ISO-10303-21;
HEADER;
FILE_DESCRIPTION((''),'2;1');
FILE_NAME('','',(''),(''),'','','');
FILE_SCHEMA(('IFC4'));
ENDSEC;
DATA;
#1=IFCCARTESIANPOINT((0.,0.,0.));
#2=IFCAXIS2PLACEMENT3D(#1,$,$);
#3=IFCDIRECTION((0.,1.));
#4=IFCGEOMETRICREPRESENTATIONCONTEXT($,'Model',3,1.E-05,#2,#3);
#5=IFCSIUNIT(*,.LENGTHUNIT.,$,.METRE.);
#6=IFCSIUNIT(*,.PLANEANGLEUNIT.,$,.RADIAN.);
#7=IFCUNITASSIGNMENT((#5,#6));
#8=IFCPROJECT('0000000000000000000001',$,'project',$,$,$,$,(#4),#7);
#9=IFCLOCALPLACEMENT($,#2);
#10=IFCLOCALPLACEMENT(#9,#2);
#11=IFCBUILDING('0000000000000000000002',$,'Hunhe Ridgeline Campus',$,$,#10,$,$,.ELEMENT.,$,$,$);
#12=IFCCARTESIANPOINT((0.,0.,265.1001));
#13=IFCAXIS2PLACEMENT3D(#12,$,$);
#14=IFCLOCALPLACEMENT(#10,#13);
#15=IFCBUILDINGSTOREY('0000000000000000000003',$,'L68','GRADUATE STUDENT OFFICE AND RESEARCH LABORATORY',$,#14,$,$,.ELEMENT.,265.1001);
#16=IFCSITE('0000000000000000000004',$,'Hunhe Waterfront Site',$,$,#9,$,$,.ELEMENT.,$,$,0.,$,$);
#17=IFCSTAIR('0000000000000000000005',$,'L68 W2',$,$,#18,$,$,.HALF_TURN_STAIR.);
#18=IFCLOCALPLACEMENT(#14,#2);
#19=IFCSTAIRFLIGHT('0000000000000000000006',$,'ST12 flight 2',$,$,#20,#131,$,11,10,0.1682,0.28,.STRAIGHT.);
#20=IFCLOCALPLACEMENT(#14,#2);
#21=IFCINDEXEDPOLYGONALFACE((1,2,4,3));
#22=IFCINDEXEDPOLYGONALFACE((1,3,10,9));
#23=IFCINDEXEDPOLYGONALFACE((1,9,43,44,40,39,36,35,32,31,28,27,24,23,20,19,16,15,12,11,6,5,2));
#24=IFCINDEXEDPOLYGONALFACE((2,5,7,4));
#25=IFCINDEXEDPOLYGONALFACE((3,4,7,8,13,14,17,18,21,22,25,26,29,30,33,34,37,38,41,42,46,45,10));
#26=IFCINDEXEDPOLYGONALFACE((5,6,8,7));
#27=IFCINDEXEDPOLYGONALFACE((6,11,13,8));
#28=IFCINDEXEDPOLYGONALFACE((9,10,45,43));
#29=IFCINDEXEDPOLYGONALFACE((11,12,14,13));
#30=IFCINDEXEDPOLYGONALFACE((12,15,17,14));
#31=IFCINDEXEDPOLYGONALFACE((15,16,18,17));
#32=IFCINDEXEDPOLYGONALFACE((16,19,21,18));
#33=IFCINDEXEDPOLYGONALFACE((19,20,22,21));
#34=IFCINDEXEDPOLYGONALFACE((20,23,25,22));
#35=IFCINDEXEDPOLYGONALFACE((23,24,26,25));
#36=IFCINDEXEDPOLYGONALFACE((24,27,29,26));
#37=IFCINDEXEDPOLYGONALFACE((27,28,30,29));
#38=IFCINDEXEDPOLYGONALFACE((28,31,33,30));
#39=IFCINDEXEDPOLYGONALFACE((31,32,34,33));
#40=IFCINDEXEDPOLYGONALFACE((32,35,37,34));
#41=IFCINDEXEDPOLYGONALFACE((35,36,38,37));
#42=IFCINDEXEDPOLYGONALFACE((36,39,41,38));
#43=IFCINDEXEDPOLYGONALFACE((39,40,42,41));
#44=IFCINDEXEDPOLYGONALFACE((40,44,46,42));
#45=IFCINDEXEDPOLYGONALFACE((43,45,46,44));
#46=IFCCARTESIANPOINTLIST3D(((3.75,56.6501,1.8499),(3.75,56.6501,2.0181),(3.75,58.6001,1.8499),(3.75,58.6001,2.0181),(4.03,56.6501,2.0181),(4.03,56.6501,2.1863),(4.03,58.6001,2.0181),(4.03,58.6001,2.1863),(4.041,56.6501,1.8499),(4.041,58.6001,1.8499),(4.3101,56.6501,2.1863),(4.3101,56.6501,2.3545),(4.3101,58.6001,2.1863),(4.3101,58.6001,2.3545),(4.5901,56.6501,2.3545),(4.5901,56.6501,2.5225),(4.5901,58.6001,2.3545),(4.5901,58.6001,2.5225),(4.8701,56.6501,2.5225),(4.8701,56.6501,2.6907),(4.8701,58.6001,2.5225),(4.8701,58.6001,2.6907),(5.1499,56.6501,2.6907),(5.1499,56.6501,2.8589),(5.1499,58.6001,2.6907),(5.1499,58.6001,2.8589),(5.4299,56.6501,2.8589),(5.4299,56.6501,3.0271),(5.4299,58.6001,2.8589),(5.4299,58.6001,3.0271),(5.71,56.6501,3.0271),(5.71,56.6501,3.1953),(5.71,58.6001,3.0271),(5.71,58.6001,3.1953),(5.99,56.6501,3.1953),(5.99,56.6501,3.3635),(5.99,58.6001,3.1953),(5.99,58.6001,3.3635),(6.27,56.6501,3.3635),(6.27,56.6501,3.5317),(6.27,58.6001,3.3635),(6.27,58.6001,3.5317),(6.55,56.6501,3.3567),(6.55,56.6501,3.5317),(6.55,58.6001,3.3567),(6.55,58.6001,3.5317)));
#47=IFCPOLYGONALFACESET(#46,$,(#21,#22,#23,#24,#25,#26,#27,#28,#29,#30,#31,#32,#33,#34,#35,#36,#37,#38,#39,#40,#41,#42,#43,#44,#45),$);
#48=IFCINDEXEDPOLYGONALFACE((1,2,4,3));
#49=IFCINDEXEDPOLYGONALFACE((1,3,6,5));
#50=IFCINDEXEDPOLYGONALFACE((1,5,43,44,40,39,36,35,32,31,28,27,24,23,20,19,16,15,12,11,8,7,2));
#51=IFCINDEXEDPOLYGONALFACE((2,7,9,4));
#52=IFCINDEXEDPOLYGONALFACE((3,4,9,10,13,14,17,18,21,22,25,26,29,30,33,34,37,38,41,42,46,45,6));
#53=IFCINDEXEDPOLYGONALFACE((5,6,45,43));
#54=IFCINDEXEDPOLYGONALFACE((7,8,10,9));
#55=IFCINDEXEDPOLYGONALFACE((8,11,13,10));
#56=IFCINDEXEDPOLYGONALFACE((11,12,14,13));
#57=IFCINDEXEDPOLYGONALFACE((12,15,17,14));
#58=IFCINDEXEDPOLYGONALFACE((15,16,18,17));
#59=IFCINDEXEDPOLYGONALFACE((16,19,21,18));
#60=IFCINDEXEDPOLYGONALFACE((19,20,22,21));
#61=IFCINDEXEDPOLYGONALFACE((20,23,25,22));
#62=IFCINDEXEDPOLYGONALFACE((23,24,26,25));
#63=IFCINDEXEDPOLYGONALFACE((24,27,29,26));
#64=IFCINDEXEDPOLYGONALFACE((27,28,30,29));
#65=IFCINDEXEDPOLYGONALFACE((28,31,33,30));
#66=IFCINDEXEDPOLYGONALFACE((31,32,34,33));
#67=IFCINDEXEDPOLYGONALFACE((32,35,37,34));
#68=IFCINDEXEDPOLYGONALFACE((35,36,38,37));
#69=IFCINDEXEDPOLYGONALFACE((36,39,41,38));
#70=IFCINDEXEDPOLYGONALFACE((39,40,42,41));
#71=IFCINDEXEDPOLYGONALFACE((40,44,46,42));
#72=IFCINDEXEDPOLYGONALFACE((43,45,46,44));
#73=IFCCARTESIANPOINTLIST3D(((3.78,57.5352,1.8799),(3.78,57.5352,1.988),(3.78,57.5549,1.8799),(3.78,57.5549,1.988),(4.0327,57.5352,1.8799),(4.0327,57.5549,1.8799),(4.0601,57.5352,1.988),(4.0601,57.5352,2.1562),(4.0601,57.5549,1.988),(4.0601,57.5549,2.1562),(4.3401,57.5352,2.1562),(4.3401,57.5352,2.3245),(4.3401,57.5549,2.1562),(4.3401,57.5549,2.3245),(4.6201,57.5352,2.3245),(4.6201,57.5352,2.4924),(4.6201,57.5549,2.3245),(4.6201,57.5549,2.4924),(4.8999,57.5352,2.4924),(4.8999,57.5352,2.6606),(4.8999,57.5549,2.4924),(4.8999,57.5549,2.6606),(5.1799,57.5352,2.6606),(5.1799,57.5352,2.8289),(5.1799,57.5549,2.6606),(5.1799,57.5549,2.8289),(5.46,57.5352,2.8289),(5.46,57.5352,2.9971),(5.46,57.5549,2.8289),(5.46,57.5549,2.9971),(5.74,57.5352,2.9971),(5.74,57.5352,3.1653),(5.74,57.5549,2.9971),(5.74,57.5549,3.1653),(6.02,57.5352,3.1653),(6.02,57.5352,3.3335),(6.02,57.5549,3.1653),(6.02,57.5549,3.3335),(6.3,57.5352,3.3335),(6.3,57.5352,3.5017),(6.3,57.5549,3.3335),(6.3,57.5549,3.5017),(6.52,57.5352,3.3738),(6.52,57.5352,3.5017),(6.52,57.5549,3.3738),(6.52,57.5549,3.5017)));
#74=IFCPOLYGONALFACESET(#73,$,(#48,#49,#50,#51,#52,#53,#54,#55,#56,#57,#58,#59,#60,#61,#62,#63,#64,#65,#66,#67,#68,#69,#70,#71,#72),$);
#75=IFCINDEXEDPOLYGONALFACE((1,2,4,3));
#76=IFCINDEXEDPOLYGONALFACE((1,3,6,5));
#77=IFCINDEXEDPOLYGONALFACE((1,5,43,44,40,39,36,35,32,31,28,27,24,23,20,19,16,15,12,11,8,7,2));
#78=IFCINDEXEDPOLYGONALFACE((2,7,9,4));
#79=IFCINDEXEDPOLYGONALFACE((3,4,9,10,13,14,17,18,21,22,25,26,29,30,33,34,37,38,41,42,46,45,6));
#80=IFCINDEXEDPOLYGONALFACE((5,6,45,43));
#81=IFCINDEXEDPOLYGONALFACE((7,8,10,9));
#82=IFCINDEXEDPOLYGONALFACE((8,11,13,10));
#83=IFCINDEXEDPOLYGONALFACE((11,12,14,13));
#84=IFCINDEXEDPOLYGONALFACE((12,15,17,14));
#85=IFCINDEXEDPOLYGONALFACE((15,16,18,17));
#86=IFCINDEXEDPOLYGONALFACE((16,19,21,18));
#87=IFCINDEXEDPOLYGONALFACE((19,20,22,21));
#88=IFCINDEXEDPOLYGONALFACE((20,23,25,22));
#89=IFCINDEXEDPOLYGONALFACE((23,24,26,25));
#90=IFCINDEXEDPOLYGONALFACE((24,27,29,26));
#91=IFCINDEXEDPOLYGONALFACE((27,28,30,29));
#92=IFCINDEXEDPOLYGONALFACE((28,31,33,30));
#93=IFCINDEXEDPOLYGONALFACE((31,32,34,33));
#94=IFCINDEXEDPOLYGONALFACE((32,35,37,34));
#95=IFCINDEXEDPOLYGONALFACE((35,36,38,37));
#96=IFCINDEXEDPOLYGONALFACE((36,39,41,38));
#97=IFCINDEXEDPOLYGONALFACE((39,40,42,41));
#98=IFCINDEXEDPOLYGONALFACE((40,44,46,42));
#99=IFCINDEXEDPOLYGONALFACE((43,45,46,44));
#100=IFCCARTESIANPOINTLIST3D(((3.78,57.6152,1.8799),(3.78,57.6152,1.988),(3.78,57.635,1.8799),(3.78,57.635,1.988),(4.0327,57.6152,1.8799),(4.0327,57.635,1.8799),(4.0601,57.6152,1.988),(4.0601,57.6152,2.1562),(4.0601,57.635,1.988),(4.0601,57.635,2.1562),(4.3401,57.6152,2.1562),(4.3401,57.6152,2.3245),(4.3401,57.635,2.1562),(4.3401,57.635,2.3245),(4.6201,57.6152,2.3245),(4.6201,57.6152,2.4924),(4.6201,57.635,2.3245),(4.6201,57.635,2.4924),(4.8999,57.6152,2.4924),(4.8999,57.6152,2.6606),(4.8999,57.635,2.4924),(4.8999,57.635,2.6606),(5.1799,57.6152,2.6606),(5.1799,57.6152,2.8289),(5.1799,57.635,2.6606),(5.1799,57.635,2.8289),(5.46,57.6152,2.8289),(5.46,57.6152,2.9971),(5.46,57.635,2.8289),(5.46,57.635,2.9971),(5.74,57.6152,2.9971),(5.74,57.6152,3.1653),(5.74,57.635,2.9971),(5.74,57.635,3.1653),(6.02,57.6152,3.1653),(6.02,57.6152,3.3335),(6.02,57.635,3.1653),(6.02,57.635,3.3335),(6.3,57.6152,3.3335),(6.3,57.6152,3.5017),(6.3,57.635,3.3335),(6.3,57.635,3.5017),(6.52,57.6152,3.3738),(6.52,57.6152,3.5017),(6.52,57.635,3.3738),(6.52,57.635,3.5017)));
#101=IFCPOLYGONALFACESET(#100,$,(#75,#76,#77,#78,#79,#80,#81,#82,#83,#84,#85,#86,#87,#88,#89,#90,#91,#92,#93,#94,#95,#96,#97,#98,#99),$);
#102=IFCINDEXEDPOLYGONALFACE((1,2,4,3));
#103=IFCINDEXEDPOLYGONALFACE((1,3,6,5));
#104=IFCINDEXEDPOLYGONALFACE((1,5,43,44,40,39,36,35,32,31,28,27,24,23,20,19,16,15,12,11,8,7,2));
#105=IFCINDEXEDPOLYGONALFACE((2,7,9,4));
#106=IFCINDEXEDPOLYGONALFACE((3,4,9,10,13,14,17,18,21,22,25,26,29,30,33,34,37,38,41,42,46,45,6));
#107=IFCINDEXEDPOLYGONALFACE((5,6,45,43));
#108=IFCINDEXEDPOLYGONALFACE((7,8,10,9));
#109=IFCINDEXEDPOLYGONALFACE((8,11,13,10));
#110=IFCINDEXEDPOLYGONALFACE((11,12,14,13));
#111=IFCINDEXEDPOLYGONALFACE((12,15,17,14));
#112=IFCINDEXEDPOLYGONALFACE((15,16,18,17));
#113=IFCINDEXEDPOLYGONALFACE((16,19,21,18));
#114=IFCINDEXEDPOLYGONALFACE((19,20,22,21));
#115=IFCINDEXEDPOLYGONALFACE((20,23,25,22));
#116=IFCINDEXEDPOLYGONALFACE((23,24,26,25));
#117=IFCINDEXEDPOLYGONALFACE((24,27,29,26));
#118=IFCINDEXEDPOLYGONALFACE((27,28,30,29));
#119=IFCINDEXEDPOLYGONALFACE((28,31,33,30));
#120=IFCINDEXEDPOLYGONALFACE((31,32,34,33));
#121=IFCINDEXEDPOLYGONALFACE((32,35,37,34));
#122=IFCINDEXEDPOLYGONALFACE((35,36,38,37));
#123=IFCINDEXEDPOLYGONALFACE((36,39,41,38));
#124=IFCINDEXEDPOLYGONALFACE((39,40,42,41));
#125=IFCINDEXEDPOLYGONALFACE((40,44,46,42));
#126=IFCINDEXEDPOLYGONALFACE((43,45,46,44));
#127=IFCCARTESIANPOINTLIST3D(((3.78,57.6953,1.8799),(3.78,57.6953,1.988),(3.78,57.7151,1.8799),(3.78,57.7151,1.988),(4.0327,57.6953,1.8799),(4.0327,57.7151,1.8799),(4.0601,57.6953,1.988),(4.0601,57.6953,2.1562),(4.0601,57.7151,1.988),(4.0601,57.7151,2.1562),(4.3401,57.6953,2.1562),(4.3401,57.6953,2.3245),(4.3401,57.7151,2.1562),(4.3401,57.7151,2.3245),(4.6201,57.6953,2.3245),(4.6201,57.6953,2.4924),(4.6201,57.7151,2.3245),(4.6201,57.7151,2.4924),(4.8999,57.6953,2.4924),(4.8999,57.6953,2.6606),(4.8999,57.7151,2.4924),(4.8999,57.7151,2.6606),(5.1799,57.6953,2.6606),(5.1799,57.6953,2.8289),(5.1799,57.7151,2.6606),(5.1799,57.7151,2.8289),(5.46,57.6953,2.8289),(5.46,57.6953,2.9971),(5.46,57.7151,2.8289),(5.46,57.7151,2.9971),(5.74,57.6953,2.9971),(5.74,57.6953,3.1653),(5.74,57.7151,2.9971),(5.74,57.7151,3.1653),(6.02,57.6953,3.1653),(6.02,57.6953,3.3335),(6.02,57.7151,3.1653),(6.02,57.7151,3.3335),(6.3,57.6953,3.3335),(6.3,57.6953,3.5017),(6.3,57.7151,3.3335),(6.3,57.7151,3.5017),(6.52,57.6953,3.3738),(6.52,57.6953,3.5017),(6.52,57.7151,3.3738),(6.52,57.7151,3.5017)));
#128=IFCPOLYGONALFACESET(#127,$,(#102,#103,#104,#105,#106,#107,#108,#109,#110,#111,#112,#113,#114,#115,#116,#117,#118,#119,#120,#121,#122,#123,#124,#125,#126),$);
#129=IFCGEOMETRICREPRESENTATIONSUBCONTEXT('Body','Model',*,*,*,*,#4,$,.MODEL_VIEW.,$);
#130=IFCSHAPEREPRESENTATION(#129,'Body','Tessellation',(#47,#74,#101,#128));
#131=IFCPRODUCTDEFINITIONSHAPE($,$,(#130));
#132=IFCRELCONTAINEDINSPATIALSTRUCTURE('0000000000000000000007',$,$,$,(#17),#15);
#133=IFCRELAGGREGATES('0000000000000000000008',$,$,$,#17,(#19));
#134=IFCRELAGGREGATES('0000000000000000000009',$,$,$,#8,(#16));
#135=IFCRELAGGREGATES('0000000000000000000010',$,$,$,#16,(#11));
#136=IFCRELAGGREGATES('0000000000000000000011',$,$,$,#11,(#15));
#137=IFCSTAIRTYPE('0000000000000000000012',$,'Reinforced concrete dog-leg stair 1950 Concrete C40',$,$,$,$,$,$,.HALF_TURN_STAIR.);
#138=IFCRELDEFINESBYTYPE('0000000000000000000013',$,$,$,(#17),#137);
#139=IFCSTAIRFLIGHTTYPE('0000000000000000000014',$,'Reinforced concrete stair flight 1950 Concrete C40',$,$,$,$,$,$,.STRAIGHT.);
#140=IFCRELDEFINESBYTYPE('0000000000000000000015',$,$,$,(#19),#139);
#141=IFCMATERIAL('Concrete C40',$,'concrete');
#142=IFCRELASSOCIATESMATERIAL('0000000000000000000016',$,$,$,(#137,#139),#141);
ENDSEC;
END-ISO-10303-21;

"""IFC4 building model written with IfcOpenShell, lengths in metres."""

from ifc_helpers import new_model, si_unit, direction, frame, origin, place, context, subcontext, project, spatial, polyline, outline, extrude, material, type_object, element, aggregate, save


model = new_model("IFC4")

# Units and contexts
model_context = context("Model", 3, precision=1e-05, world=origin(), true_north=direction((0.0, 1.0)))
body_context = subcontext(model_context, "Body", "Model", "MODEL_VIEW")
ifc_project = project(units=[si_unit("LENGTHUNIT", "METRE"), si_unit("PLANEANGLEUNIT", "RADIAN")], contexts=[model_context])

# Site, building, storey
site_placement = place(None, origin())
site = spatial("IfcSite", under=ifc_project, at=site_placement, Name="Hunhe Waterfront Site", CompositionType="ELEMENT", RefElevation=0.0)
building_placement = place(site_placement, origin())
building = spatial("IfcBuilding", under=site, at=building_placement, Name="Hunhe Ridgeline Campus", CompositionType="ELEMENT")
storey_placement = place(building_placement, frame((0.0, 0.0, 265.1001)))
storey = spatial("IfcBuildingStorey", under=building, at=storey_placement, Name="L68", Description="GRADUATE STUDENT OFFICE AND RESEARCH LABORATORY", CompositionType="ELEMENT", Elevation=265.1001)

# Stair, stair flight
ifc_material_1 = material(Name="Concrete C40", Category="concrete")
stair_type = type_object("IfcStairType", Name="Reinforced concrete dog-leg stair 1950 Concrete C40", PredefinedType="HALF_TURN_STAIR", material=ifc_material_1)
stair_flight_type = type_object("IfcStairFlightType", Name="Reinforced concrete stair flight 1950 Concrete C40", PredefinedType="STRAIGHT", material=ifc_material_1)
stair_1_placement = place(storey_placement, origin())
stair_1 = element("IfcStair", 1, at=stair_1_placement, inside=storey, type_object=stair_type, Name="L68 W2", PredefinedType="HALF_TURN_STAIR")
stair_flight_1_placement = place(storey_placement, frame((3.75, 57.625, 1.8499), z_axis=(0.0, 0.0, 1.0), x_axis=(1.0, 0.0, 0.0)))
stair_flight_1 = element("IfcStairFlight", 2, at=stair_flight_1_placement, type_object=stair_flight_type, Name="ST12 flight 2", NumberOfRisers=11, NumberOfTreads=10, PredefinedType="STRAIGHT", RiserHeight=0.1682, TreadLength=0.28, context=body_context, shape_type="SweptSolid", body=[
    extrude(outline(polyline([(0.0, 0.0), (0.0, 0.1682), (0.28, 0.1682), (0.28, 0.3364), (0.5601, 0.3364), (0.5601, 0.5046), (0.8401, 0.5046), (0.8401, 0.6726), (1.1201, 0.6726), (1.1201, 0.8408), (1.3999, 0.8408), (1.3999, 1.009), (1.6799, 1.009), (1.6799, 1.1772), (1.96, 1.1772), (1.96, 1.3455), (2.24, 1.3455), (2.24, 1.5137), (2.52, 1.5137), (2.52, 1.6819), (2.8, 1.6819), (2.8, 1.8501), (2.8, 1.5068), (0.291, 0.0), (0.0, 0.0)])), frame((0.0, 0.9751, 0.0), z_axis=(0.0, -1.0, 0.0), x_axis=(1.0, 0.0, 0.0)), (0.0, 0.0, 1.0), 1.95),
    extrude(outline(polyline([(0.03, 0.03), (0.03, 0.1382), (0.3101, 0.1382), (0.3101, 0.3064), (0.5901, 0.3064), (0.5901, 0.4746), (0.8701, 0.4746), (0.8701, 0.6426), (1.1499, 0.6426), (1.1499, 0.8108), (1.4299, 0.8108), (1.4299, 0.979), (1.71, 0.979), (1.71, 1.1472), (1.99, 1.1472), (1.99, 1.3154), (2.27, 1.3154), (2.27, 1.4836), (2.55, 1.4836), (2.55, 1.6519), (2.77, 1.6519), (2.77, 1.5239), (0.2827, 0.03), (0.03, 0.03)])), frame((0.0, -0.0701, 0.0), z_axis=(0.0, -1.0, 0.0), x_axis=(1.0, 0.0, 0.0)), (0.0, 0.0, 1.0), 0.0198),
    extrude(outline(polyline([(0.03, 0.03), (0.03, 0.1382), (0.3101, 0.1382), (0.3101, 0.3064), (0.5901, 0.3064), (0.5901, 0.4746), (0.8701, 0.4746), (0.8701, 0.6426), (1.1499, 0.6426), (1.1499, 0.8108), (1.4299, 0.8108), (1.4299, 0.979), (1.71, 0.979), (1.71, 1.1472), (1.99, 1.1472), (1.99, 1.3154), (2.27, 1.3154), (2.27, 1.4836), (2.55, 1.4836), (2.55, 1.6519), (2.77, 1.6519), (2.77, 1.5239), (0.2827, 0.03), (0.03, 0.03)])), frame((0.0, 0.01, 0.0), z_axis=(0.0, -1.0, 0.0), x_axis=(1.0, 0.0, 0.0)), (0.0, 0.0, 1.0), 0.0198),
    extrude(outline(polyline([(0.03, 0.03), (0.03, 0.1382), (0.3101, 0.1382), (0.3101, 0.3064), (0.5901, 0.3064), (0.5901, 0.4746), (0.8701, 0.4746), (0.8701, 0.6426), (1.1499, 0.6426), (1.1499, 0.8108), (1.4299, 0.8108), (1.4299, 0.979), (1.71, 0.979), (1.71, 1.1472), (1.99, 1.1472), (1.99, 1.3154), (2.27, 1.3154), (2.27, 1.4836), (2.55, 1.4836), (2.55, 1.6519), (2.77, 1.6519), (2.77, 1.5239), (0.2827, 0.03), (0.03, 0.03)])), frame((0.0, 0.0901, 0.0), z_axis=(0.0, -1.0, 0.0), x_axis=(1.0, 0.0, 0.0)), (0.0, 0.0, 1.0), 0.0198),
])
aggregate(stair_1, [stair_flight_1])

save(model, "model.ifc")
